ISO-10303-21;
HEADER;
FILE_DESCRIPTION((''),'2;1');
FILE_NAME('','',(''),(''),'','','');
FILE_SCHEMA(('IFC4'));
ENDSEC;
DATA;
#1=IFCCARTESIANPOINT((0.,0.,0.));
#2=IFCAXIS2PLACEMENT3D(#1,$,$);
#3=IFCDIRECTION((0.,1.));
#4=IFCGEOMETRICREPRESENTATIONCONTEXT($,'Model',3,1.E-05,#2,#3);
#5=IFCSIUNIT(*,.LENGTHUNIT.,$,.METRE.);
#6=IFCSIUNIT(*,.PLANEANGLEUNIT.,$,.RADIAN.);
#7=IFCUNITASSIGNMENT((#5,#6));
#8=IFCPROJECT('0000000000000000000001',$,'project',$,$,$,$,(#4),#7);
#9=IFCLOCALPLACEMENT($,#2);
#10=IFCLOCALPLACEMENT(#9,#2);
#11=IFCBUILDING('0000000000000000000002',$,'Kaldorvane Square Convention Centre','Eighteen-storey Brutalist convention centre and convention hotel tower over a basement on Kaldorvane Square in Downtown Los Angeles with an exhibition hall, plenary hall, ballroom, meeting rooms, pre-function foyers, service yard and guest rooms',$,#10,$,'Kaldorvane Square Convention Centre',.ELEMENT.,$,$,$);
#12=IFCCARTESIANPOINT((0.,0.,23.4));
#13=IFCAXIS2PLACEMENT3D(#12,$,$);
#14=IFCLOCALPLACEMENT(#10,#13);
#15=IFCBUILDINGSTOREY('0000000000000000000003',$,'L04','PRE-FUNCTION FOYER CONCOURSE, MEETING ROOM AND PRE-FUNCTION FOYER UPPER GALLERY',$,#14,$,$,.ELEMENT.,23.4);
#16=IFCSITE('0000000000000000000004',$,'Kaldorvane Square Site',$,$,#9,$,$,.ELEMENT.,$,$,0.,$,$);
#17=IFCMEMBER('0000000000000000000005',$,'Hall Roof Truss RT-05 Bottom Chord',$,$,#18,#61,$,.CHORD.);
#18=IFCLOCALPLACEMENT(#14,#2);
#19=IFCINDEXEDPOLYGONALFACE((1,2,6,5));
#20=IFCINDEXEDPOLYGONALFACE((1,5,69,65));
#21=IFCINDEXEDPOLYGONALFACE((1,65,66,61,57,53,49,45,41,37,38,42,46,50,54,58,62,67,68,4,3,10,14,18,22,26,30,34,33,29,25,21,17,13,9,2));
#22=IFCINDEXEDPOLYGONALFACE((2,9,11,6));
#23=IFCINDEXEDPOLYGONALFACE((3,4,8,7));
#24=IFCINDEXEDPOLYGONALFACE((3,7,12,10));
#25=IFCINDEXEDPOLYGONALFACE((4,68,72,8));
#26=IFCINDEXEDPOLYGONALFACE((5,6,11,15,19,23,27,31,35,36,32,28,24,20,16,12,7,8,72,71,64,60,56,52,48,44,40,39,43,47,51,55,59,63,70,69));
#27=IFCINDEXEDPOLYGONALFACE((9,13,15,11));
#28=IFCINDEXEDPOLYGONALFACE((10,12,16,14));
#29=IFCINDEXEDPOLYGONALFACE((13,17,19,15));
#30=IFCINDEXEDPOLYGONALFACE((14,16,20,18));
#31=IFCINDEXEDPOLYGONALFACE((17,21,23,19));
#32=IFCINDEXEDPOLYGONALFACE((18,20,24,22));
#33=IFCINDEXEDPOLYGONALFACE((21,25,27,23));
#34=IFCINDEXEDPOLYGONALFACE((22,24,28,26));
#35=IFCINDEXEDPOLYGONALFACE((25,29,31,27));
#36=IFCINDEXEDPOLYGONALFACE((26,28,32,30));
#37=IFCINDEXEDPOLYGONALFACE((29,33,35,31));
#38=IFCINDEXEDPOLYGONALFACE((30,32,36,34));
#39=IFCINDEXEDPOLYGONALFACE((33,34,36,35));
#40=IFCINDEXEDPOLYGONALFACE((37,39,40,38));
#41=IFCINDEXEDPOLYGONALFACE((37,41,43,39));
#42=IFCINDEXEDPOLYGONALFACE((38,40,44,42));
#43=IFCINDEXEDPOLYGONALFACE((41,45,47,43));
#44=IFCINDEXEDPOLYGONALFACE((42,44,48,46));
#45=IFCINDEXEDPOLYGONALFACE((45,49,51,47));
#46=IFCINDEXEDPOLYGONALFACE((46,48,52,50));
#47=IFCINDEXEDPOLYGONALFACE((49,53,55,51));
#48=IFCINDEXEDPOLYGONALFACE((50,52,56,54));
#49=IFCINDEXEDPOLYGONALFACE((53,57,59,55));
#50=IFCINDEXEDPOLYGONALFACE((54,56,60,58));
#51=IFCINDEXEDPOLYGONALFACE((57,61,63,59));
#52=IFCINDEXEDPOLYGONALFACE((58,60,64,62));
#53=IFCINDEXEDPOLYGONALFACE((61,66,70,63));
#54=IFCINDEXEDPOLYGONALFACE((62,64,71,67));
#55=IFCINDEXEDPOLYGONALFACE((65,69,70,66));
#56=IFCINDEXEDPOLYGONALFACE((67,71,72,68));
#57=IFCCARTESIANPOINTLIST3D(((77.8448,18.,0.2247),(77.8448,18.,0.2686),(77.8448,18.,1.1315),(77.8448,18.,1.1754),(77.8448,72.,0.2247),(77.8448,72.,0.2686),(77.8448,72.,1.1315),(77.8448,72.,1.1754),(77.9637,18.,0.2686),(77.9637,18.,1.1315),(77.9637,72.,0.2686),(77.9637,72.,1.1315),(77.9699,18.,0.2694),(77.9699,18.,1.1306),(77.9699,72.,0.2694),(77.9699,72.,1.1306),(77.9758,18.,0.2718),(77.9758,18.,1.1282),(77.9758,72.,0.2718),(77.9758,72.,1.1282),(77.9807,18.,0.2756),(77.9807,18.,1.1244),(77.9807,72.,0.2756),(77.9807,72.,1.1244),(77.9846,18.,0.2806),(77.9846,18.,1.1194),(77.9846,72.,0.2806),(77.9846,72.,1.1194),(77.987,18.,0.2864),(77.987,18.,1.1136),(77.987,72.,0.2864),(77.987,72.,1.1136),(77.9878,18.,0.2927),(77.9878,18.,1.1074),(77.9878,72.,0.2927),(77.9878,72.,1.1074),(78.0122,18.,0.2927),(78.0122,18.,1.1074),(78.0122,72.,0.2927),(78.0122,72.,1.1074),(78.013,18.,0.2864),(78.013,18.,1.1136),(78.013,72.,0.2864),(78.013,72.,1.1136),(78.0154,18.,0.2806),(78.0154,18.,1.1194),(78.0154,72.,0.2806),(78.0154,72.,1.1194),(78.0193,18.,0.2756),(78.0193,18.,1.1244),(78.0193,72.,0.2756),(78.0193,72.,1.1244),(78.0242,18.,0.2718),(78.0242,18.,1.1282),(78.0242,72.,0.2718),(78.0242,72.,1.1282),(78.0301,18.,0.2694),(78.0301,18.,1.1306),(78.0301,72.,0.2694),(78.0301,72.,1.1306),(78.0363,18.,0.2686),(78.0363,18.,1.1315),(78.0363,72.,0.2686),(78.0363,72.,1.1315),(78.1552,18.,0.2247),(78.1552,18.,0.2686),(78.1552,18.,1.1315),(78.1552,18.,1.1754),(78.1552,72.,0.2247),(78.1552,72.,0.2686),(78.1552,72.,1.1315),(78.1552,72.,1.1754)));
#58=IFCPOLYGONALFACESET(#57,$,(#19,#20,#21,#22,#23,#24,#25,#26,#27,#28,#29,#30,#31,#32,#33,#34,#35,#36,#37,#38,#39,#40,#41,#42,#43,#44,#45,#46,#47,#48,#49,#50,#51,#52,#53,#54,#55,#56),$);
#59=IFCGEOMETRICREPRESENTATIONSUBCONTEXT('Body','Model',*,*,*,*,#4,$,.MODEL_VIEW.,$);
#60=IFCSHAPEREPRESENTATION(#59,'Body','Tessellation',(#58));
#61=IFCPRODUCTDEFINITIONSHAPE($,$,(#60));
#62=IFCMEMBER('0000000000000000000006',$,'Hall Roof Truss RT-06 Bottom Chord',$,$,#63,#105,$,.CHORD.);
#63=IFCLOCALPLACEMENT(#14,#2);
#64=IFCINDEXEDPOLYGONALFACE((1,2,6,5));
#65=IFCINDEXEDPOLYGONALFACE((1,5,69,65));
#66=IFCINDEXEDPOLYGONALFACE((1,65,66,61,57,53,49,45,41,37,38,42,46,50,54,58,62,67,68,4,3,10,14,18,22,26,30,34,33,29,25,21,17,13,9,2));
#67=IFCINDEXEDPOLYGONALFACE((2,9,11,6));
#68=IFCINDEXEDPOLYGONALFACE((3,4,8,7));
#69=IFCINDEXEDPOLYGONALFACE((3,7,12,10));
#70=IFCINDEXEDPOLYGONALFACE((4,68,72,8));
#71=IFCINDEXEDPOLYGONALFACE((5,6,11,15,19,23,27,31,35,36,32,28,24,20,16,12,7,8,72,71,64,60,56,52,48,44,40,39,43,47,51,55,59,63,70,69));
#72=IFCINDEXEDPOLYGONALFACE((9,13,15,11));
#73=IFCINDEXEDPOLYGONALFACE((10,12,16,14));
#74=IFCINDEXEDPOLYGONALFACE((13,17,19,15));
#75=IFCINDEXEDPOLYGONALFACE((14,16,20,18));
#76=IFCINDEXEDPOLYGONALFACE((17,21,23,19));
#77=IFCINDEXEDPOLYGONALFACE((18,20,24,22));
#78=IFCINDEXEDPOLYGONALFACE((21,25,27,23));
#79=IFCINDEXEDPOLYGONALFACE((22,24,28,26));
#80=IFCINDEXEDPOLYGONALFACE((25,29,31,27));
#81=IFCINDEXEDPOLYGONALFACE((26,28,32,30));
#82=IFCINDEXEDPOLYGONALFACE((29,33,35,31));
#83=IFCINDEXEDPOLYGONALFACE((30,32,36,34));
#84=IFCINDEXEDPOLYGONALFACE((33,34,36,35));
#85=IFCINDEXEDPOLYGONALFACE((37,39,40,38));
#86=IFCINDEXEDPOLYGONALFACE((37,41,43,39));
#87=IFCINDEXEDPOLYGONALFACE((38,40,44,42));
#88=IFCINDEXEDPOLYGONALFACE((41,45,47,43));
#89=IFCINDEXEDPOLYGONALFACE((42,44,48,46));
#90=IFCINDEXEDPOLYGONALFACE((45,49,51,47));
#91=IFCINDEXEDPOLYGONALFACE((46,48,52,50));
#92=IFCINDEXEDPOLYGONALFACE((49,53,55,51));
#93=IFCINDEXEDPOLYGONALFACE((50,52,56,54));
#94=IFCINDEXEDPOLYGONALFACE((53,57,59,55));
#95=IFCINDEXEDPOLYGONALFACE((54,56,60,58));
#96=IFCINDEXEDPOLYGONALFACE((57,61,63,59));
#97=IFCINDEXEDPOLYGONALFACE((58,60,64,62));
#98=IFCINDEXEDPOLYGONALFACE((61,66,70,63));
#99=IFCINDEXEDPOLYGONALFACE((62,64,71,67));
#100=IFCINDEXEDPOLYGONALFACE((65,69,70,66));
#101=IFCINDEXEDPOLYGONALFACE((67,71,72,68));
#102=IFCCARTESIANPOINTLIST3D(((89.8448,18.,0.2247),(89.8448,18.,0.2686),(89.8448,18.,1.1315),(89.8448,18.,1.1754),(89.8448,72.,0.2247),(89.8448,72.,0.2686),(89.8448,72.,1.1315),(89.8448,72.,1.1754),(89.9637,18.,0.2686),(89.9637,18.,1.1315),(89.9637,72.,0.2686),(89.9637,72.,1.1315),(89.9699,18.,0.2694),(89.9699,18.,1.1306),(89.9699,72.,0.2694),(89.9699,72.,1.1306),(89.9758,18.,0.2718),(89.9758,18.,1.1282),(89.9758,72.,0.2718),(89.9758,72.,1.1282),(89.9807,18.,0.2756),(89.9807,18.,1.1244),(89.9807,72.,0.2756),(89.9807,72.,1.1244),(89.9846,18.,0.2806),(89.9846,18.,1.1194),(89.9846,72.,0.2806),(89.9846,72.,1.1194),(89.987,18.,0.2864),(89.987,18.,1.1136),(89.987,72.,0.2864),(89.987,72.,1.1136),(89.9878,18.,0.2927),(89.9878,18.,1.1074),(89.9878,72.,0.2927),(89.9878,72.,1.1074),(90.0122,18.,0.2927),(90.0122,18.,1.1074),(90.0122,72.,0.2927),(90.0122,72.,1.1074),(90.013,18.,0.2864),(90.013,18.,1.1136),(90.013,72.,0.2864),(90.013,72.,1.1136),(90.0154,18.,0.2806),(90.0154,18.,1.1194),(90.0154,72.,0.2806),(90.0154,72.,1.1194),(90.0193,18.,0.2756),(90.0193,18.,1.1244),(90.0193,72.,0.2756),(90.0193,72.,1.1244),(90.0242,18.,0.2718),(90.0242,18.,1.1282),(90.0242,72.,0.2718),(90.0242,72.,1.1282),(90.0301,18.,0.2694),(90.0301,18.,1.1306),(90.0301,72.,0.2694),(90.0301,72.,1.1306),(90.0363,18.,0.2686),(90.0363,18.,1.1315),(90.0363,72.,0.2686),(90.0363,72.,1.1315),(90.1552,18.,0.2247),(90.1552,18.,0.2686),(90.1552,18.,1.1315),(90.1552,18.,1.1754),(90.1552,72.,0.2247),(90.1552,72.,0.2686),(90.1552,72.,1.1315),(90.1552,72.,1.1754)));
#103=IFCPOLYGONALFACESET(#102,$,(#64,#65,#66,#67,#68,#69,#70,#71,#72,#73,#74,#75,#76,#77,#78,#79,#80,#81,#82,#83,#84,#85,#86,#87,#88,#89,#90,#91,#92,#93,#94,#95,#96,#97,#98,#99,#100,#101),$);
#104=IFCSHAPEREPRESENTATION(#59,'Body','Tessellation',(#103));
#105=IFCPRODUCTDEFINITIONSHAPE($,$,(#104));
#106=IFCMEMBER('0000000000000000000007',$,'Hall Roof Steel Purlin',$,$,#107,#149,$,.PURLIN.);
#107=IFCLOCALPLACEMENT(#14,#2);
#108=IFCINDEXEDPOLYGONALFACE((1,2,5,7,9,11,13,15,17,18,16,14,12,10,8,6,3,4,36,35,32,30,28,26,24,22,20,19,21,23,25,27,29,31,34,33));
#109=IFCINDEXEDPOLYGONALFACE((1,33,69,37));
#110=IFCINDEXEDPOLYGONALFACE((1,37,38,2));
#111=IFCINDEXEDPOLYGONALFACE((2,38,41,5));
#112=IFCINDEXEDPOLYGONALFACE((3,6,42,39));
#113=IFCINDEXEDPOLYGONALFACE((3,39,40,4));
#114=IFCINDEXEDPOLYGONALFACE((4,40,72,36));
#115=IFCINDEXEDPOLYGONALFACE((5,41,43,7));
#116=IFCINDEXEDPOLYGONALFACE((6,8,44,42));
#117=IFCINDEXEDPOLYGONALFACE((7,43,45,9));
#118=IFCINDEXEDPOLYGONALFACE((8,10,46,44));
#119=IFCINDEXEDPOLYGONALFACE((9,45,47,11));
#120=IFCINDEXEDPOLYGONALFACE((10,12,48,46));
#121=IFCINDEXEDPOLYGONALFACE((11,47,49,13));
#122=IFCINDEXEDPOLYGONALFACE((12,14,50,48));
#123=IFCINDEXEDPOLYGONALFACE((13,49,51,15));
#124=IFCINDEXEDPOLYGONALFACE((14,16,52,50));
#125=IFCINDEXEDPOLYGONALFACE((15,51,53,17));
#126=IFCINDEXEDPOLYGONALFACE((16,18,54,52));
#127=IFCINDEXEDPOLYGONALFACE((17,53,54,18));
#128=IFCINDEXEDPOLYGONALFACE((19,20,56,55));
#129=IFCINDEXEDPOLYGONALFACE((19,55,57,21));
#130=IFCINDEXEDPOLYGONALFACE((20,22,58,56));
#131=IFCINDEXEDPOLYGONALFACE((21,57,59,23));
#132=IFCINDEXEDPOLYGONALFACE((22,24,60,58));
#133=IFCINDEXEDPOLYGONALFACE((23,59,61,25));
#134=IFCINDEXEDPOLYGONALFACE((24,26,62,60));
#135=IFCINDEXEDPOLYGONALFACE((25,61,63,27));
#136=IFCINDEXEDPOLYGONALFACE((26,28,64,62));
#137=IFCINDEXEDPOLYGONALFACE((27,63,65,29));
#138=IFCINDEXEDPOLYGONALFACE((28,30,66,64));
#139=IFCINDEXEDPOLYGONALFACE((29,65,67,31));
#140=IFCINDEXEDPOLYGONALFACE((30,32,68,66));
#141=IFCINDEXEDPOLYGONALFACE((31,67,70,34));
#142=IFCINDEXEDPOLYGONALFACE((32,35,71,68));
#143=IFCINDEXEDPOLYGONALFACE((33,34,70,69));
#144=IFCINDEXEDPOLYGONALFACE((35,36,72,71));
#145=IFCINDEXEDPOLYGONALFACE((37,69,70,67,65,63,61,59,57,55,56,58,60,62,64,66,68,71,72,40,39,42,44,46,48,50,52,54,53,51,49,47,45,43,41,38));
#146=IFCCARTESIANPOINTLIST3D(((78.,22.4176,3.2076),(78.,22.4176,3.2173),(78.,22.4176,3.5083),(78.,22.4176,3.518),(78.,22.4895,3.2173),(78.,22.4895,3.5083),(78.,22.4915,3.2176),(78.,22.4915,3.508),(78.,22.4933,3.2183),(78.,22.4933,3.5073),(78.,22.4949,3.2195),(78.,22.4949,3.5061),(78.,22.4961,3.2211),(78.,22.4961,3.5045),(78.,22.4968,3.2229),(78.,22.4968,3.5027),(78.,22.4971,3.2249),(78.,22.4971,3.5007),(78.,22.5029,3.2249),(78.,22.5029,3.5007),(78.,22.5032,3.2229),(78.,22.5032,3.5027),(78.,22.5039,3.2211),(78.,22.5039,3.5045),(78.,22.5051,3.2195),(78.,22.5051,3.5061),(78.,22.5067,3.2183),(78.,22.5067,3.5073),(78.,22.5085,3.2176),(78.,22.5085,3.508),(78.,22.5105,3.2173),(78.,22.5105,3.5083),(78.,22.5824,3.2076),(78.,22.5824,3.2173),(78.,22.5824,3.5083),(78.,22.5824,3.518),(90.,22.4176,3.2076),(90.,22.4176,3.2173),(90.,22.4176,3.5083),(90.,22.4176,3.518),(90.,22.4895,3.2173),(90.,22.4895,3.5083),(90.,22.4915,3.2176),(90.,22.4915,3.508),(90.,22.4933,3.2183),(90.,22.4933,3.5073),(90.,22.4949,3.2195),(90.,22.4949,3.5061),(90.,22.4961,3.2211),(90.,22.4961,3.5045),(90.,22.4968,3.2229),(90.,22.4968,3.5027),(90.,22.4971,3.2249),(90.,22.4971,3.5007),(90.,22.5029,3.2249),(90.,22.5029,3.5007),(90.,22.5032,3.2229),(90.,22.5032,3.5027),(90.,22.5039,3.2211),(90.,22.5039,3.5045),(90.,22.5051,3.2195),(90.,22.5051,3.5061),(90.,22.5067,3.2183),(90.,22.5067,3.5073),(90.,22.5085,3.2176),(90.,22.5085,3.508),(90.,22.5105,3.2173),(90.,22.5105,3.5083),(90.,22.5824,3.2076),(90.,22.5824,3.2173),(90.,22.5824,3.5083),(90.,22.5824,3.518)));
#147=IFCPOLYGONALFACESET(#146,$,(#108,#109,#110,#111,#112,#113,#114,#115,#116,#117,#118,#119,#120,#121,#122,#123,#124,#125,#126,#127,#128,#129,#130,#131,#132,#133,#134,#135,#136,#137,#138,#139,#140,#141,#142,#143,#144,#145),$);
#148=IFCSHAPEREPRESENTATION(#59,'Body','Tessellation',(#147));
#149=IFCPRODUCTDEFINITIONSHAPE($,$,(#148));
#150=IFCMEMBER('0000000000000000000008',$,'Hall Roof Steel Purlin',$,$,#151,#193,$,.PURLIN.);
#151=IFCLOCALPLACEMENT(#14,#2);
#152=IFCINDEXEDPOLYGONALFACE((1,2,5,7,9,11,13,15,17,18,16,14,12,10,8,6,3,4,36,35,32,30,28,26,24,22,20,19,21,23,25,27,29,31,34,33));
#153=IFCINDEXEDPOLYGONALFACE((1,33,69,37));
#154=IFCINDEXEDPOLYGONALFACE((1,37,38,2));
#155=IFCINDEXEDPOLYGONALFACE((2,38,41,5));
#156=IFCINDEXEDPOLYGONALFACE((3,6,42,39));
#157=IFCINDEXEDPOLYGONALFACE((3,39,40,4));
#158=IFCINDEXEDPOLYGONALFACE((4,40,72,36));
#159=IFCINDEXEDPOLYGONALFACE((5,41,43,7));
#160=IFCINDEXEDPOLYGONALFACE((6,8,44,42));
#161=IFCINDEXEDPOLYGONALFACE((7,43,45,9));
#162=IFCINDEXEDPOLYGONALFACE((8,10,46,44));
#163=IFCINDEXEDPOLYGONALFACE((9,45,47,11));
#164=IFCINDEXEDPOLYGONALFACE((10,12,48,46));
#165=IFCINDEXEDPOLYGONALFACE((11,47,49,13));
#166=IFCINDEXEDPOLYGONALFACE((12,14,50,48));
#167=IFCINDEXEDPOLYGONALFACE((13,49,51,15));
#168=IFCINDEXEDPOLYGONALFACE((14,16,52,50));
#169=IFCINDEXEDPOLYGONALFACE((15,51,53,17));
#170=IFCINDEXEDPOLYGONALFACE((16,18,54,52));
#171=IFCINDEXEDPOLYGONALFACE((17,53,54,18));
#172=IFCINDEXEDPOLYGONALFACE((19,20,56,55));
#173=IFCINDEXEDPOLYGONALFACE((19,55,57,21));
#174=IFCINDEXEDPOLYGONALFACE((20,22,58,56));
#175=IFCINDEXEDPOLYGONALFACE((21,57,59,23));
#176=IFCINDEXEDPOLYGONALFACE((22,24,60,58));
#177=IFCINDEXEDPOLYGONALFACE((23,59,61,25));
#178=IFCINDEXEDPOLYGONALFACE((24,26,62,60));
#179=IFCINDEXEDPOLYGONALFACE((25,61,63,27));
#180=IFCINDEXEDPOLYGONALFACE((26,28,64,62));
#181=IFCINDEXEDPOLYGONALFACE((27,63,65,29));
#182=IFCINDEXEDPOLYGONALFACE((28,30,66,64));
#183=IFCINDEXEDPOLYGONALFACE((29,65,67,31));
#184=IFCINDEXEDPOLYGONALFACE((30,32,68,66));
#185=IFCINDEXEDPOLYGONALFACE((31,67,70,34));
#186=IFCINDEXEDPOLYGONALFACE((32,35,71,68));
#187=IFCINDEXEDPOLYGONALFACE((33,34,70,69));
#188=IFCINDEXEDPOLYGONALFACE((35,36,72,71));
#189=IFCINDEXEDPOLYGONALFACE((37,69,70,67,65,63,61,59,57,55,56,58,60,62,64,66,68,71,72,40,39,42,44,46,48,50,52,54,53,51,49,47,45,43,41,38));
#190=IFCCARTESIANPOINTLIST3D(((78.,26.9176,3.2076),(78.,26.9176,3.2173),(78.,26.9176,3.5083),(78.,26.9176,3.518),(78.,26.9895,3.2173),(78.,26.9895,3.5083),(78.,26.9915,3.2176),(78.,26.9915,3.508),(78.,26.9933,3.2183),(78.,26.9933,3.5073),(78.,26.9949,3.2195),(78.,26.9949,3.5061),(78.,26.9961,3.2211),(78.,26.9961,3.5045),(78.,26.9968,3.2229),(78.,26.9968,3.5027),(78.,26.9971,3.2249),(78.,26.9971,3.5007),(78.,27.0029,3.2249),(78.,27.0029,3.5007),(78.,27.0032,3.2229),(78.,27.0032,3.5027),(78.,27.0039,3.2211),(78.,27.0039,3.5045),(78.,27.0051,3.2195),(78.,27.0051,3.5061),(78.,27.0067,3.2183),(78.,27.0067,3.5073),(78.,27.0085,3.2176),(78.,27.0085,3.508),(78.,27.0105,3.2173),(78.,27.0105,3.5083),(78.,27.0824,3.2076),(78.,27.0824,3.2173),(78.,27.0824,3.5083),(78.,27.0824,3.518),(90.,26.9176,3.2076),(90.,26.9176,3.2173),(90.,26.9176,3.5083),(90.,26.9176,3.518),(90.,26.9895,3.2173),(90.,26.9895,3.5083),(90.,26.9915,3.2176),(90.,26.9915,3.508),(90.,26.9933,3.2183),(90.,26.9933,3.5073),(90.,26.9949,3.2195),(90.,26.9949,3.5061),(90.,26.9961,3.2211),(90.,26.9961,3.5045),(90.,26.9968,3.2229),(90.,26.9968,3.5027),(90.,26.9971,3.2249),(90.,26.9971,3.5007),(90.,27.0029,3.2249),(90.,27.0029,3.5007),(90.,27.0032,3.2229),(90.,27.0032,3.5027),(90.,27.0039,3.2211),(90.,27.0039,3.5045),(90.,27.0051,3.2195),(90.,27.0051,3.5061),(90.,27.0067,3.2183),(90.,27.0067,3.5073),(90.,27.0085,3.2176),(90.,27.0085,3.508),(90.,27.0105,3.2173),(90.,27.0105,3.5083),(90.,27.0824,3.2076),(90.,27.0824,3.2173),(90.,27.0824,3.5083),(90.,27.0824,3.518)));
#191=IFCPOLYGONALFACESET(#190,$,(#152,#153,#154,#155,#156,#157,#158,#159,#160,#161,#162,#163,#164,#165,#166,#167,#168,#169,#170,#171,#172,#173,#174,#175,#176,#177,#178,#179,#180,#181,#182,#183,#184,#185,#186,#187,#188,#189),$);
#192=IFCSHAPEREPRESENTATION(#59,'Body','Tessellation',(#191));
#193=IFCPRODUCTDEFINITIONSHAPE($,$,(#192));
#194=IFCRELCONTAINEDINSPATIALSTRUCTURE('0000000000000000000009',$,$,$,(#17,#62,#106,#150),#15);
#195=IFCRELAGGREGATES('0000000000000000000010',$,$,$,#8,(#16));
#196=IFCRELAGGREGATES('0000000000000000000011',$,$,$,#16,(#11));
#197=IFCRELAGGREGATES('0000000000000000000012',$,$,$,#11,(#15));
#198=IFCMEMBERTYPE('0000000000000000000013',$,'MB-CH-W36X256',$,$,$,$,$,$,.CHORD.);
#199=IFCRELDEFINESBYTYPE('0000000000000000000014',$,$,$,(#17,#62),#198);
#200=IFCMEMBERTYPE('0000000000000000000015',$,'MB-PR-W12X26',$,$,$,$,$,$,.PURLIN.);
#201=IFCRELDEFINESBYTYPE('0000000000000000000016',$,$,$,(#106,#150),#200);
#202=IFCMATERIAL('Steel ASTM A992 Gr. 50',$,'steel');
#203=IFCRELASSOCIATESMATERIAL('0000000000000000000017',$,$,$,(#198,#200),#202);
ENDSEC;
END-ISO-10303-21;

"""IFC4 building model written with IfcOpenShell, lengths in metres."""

from ifc_helpers import new_model, si_unit, direction, frame, origin, origin_2d, place, context, subcontext, project, spatial, i_section, extrude, material, material_profile, profile_set, type_object, element, save


model = new_model("IFC4")

# Units and contexts
model_context = context("Model", 3, precision=1e-05, world=origin(), true_north=direction((0.0, 1.0)))
body_context = subcontext(model_context, "Body", "Model", "MODEL_VIEW")
ifc_project = project(units=[si_unit("LENGTHUNIT", "METRE"), si_unit("PLANEANGLEUNIT", "RADIAN")], contexts=[model_context])

# Site, building, storey
site_placement = place(None, origin())
site = spatial("IfcSite", under=ifc_project, at=site_placement, Name="Kaldorvane Square Site", CompositionType="ELEMENT", RefElevation=0.0)
building_placement = place(site_placement, origin())
building = spatial("IfcBuilding", under=site, at=building_placement, Name="Kaldorvane Square Convention Centre", Description="Eighteen-storey Brutalist convention centre and convention hotel tower over a basement on Kaldorvane Square in Downtown Los Angeles with an exhibition hall, plenary hall, ballroom, meeting rooms, pre-function foyers, service yard and guest rooms", LongName="Kaldorvane Square Convention Centre", CompositionType="ELEMENT")
storey_placement = place(building_placement, frame((0.0, 0.0, 23.4)))
storey = spatial("IfcBuildingStorey", under=building, at=storey_placement, Name="L04", Description="PRE-FUNCTION FOYER CONCOURSE, MEETING ROOM AND PRE-FUNCTION FOYER UPPER GALLERY", CompositionType="ELEMENT", Elevation=23.4)

# Shared definitions
ifc_material_1 = material(Name="Steel ASTM A992 Gr. 50", Category="steel")

# Members
ifc_material_profile_1 = material_profile(ifc_material_1, i_section(OverallWidth=0.3103, OverallDepth=0.9507, WebThickness=0.0244, FlangeThickness=0.0439, FilletRadius=0.0241, at=origin_2d()), Name="W36X256")
ifc_profile_set_1 = profile_set([ifc_material_profile_1], Name="Steel ASTM A992 Gr. 50")
member_type_1 = type_object("IfcMemberType", Name="MB-CH-W36X256", PredefinedType="CHORD", material=ifc_profile_set_1)
for number, where, z_axis, x_axis, name in (
    (1, (78.0, 18.0, 0.7), (0.0, 1.0, 0.0), (-1.0, 0.0, 0.0), "Hall Roof Truss RT-05 Bottom Chord"),
    (2, (90.0, 18.0, 0.7), (0.0, 1.0, 0.0), (-1.0, 0.0, 0.0), "Hall Roof Truss RT-06 Bottom Chord"),
):
    element("IfcMember", number, at=place(storey_placement, frame(where, z_axis=z_axis, x_axis=x_axis)), inside=storey, type_object=member_type_1, Name=name, PredefinedType="CHORD", context=body_context, shape_type="SweptSolid", body=[
        extrude(i_section(OverallWidth=0.3103, OverallDepth=0.9507, WebThickness=0.0244, FlangeThickness=0.0439, FilletRadius=0.0241, at=origin_2d()), origin(), (0.0, 0.0, 1.0), 54.0),
    ])
ifc_material_profile_2 = material_profile(ifc_material_1, i_section(OverallWidth=0.1648, OverallDepth=0.3104, WebThickness=0.0058, FlangeThickness=0.0097, FilletRadius=0.0076, at=origin_2d()), Name="W12X26")
ifc_profile_set_2 = profile_set([ifc_material_profile_2], Name="Steel ASTM A992 Gr. 50")
member_type_2 = type_object("IfcMemberType", Name="MB-PR-W12X26", PredefinedType="PURLIN", material=ifc_profile_set_2)
for number, where, z_axis, x_axis, name in (
    (3, (78.0, 22.5, 3.3628), (1.0, 0.0, 0.0), (0.0, 1.0, 0.0), "Hall Roof Steel Purlin"),
    (4, (78.0, 27.0, 3.3628), (1.0, 0.0, 0.0), (0.0, 1.0, 0.0), "Hall Roof Steel Purlin"),
):
    element("IfcMember", number, at=place(storey_placement, frame(where, z_axis=z_axis, x_axis=x_axis)), inside=storey, type_object=member_type_2, Name=name, PredefinedType="PURLIN", context=body_context, shape_type="SweptSolid", body=[
        extrude(i_section(OverallWidth=0.1648, OverallDepth=0.3104, WebThickness=0.0058, FlangeThickness=0.0097, FilletRadius=0.0076, at=origin_2d()), origin(), (0.0, 0.0, 1.0), 12.0),
    ])

save(model, "model.ifc")
